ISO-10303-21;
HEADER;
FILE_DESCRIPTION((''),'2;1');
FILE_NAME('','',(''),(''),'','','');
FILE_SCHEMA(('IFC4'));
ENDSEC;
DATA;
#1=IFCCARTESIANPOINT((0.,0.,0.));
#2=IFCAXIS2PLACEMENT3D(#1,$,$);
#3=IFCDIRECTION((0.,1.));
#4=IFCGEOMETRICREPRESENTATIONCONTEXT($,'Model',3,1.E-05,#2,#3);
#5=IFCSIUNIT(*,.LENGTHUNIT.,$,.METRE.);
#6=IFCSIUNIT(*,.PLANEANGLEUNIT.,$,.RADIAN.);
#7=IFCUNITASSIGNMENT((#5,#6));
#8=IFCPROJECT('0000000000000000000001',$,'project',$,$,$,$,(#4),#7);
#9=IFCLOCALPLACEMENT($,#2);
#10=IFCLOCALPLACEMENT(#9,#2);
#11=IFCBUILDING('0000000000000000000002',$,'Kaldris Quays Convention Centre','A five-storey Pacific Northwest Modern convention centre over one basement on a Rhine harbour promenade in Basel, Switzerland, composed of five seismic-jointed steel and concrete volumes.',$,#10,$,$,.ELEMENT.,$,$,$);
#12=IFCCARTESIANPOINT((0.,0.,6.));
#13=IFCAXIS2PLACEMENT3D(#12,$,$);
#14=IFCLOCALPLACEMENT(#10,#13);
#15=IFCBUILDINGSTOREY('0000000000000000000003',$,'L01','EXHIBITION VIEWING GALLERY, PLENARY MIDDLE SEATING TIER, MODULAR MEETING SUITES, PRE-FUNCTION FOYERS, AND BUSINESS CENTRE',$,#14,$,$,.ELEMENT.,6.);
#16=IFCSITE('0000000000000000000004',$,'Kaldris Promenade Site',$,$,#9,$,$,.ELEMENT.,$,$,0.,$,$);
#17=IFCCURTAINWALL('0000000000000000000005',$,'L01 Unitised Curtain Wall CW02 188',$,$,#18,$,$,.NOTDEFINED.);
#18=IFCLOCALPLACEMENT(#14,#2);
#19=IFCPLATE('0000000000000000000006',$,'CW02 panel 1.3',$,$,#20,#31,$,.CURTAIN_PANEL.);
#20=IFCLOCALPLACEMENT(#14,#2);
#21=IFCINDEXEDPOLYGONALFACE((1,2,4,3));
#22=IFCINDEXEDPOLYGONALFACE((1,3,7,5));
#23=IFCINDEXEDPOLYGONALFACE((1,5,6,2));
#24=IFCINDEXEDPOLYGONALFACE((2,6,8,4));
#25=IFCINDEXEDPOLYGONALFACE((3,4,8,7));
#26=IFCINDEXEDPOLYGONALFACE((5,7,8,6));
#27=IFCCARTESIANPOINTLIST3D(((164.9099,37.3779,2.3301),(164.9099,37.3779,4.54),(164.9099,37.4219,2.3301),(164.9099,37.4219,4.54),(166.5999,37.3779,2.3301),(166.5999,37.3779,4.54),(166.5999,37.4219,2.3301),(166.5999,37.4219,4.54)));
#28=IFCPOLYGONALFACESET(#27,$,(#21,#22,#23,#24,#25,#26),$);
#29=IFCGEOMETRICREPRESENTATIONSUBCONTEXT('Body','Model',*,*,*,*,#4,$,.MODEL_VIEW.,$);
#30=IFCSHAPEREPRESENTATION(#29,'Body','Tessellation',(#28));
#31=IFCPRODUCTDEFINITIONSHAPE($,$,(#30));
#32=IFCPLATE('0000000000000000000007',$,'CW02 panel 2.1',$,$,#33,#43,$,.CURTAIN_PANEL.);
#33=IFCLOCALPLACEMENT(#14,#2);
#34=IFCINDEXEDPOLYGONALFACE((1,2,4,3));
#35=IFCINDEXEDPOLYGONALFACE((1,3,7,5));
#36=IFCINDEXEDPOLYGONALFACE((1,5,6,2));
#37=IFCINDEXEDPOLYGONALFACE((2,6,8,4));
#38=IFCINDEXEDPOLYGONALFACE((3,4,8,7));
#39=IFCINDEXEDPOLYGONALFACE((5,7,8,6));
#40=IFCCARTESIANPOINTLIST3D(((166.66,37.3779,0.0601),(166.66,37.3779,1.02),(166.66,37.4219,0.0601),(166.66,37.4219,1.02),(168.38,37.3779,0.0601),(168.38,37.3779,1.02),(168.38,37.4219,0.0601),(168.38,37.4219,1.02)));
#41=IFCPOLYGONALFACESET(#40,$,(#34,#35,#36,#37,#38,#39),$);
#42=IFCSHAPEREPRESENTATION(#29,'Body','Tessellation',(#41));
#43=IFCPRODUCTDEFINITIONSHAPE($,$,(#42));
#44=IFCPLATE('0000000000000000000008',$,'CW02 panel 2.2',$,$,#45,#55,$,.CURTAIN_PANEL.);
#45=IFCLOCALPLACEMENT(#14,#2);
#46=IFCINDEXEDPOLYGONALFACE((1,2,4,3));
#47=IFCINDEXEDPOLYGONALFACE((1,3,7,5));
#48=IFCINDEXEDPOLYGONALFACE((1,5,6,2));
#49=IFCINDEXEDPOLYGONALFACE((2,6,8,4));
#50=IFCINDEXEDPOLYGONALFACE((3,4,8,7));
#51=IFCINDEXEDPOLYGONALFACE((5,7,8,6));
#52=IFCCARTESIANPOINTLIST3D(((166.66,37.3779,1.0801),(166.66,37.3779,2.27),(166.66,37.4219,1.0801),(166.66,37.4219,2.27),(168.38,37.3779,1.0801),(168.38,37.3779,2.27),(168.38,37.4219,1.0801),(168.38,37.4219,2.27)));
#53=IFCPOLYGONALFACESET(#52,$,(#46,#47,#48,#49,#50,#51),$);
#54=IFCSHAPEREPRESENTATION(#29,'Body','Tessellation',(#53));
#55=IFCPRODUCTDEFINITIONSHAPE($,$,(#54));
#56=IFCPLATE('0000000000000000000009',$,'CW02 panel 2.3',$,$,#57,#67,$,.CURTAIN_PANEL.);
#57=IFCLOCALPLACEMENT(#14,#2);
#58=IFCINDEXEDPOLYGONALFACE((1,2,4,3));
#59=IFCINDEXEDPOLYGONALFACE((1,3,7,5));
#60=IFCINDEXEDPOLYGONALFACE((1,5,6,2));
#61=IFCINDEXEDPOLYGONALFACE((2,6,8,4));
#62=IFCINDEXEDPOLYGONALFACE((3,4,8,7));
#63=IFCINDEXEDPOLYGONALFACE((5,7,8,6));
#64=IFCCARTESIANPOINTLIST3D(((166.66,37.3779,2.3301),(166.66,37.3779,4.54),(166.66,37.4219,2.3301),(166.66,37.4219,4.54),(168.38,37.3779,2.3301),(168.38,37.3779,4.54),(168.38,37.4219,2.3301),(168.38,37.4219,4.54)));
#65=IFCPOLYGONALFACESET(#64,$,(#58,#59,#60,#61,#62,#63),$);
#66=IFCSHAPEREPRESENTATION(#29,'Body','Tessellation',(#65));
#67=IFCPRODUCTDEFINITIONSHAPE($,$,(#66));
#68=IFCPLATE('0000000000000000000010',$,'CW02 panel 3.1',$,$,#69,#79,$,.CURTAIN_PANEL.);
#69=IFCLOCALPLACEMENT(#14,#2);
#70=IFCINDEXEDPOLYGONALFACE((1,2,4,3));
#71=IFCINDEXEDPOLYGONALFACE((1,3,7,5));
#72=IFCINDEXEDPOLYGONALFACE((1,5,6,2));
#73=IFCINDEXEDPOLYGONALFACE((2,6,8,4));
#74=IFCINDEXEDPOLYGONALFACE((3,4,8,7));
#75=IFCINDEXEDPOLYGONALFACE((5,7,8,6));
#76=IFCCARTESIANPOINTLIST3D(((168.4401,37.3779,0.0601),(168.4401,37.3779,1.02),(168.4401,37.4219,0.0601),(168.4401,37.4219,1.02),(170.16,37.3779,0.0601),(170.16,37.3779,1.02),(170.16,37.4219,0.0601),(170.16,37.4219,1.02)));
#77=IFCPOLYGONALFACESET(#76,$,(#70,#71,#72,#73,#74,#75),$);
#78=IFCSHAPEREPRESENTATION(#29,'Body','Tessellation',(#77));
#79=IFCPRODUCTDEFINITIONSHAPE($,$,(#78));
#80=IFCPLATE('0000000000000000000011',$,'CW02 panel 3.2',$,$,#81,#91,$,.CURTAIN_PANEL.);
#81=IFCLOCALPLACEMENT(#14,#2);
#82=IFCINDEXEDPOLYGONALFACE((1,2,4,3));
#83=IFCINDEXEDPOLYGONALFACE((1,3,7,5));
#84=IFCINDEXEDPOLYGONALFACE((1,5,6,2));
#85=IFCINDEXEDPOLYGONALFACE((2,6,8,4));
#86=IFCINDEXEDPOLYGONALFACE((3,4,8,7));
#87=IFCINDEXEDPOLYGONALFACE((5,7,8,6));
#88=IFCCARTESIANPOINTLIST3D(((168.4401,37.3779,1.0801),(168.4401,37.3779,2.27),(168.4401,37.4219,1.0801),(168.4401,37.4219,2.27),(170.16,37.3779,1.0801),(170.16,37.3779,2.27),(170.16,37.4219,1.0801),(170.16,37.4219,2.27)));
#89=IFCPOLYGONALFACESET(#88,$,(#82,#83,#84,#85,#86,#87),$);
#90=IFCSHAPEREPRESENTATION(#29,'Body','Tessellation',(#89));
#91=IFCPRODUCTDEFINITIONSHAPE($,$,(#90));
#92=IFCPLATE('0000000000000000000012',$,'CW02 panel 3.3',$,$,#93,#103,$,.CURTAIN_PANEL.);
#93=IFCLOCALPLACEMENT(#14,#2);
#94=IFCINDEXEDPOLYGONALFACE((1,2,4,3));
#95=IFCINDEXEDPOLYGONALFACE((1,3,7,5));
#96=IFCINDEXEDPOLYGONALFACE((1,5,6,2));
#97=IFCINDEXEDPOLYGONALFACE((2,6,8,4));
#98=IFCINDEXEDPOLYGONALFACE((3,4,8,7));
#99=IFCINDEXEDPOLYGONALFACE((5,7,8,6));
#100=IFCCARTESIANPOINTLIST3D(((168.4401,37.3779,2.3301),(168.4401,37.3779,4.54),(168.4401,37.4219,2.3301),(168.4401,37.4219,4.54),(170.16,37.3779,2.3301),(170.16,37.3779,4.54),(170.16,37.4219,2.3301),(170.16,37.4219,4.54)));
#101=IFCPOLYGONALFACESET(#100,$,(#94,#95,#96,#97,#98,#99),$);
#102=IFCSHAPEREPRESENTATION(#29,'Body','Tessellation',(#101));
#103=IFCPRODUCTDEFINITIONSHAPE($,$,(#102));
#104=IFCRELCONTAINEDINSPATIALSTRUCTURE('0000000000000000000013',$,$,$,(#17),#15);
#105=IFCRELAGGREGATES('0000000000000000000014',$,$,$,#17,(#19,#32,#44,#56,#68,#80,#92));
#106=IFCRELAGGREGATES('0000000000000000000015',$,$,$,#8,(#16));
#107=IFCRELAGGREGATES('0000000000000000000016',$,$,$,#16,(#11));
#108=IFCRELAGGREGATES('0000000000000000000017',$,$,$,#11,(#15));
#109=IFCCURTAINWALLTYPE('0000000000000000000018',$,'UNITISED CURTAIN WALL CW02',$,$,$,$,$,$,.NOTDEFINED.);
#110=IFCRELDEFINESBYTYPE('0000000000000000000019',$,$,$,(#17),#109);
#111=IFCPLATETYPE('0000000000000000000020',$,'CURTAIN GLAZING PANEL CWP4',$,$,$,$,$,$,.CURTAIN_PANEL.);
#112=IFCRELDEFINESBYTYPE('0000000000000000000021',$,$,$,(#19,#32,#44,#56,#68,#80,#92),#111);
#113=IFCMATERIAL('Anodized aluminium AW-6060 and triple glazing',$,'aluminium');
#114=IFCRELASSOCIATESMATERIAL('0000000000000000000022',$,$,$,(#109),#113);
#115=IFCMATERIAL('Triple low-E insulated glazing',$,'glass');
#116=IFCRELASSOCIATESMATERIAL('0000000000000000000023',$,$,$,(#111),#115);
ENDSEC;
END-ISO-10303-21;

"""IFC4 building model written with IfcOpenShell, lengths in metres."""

from ifc_helpers import new_model, si_unit, direction, frame, origin, origin_2d, place, context, subcontext, project, spatial, rectangle, extrude, material, type_object, element, aggregate, save


model = new_model("IFC4")

# Units and contexts
model_context = context("Model", 3, precision=1e-05, world=origin(), true_north=direction((0.0, 1.0)))
body_context = subcontext(model_context, "Body", "Model", "MODEL_VIEW")
ifc_project = project(units=[si_unit("LENGTHUNIT", "METRE"), si_unit("PLANEANGLEUNIT", "RADIAN")], contexts=[model_context])

# Site, building, storey
site_placement = place(None, origin())
site = spatial("IfcSite", under=ifc_project, at=site_placement, Name="Kaldris Promenade Site", CompositionType="ELEMENT", RefElevation=0.0)
building_placement = place(site_placement, origin())
building = spatial("IfcBuilding", under=site, at=building_placement, Name="Kaldris Quays Convention Centre", Description="A five-storey Pacific Northwest Modern convention centre over one basement on a Rhine harbour promenade in Basel, Switzerland, composed of five seismic-jointed steel and concrete volumes.", CompositionType="ELEMENT")
storey_placement = place(building_placement, frame((0.0, 0.0, 6.0)))
storey = spatial("IfcBuildingStorey", under=building, at=storey_placement, Name="L01", Description="EXHIBITION VIEWING GALLERY, PLENARY MIDDLE SEATING TIER, MODULAR MEETING SUITES, PRE-FUNCTION FOYERS, AND BUSINESS CENTRE", CompositionType="ELEMENT", Elevation=6.0)

# Shared definitions
ifc_material_1 = material(Name="Anodized aluminium AW-6060 and triple glazing", Category="aluminium")

# Curtain wall
curtain_wall_type_1 = type_object("IfcCurtainWallType", Name="UNITISED CURTAIN WALL CW02", PredefinedType="NOTDEFINED", material=ifc_material_1)
curtain_wall_1_placement = place(storey_placement, origin())
curtain_wall_1 = element("IfcCurtainWall", 1, at=curtain_wall_1_placement, inside=storey, type_object=curtain_wall_type_1, Name="L01 Unitised Curtain Wall CW02 188", PredefinedType="NOTDEFINED")

# Plates
ifc_material_2 = material(Name="Triple low-E insulated glazing", Category="glass")
plate_type = type_object("IfcPlateType", Name="CURTAIN GLAZING PANEL CWP4", PredefinedType="CURTAIN_PANEL", material=ifc_material_2)
plate_1_placement = place(storey_placement, frame((165.7549, 37.3999, 2.3301), z_axis=(0.0, 0.0, 1.0), x_axis=(1.0, 0.0, 0.0)))
plate_1 = element("IfcPlate", 2, at=plate_1_placement, type_object=plate_type, Name="CW02 panel 1.3", PredefinedType="CURTAIN_PANEL", context=body_context, shape_type="SweptSolid", body=[
    extrude(rectangle(XDim=1.6899, YDim=0.0439, at=origin_2d()), origin(), (0.0, 0.0, 1.0), 2.21),
])
plate_2_placement = place(storey_placement, frame((167.52, 37.3999, 0.0601), z_axis=(0.0, 0.0, 1.0), x_axis=(1.0, 0.0, 0.0)))
plate_2 = element("IfcPlate", 3, at=plate_2_placement, type_object=plate_type, Name="CW02 panel 2.1", PredefinedType="CURTAIN_PANEL", context=body_context, shape_type="SweptSolid", body=[
    extrude(rectangle(XDim=1.72, YDim=0.0439, at=origin_2d()), origin(), (0.0, 0.0, 1.0), 0.96),
])
plate_3_placement = place(storey_placement, frame((167.52, 37.3999, 1.0801), z_axis=(0.0, 0.0, 1.0), x_axis=(1.0, 0.0, 0.0)))
plate_3 = element("IfcPlate", 4, at=plate_3_placement, type_object=plate_type, Name="CW02 panel 2.2", PredefinedType="CURTAIN_PANEL", context=body_context, shape_type="SweptSolid", body=[
    extrude(rectangle(XDim=1.72, YDim=0.0439, at=origin_2d()), origin(), (0.0, 0.0, 1.0), 1.1899),
])
plate_4_placement = place(storey_placement, frame((167.52, 37.3999, 2.3301), z_axis=(0.0, 0.0, 1.0), x_axis=(1.0, 0.0, 0.0)))
plate_4 = element("IfcPlate", 5, at=plate_4_placement, type_object=plate_type, Name="CW02 panel 2.3", PredefinedType="CURTAIN_PANEL", context=body_context, shape_type="SweptSolid", body=[
    extrude(rectangle(XDim=1.72, YDim=0.0439, at=origin_2d()), origin(), (0.0, 0.0, 1.0), 2.21),
])
plate_5_placement = place(storey_placement, frame((169.3, 37.3999, 0.0601), z_axis=(0.0, 0.0, 1.0), x_axis=(1.0, 0.0, 0.0)))
plate_5 = element("IfcPlate", 6, at=plate_5_placement, type_object=plate_type, Name="CW02 panel 3.1", PredefinedType="CURTAIN_PANEL", context=body_context, shape_type="SweptSolid", body=[
    extrude(rectangle(XDim=1.72, YDim=0.0439, at=origin_2d()), origin(), (0.0, 0.0, 1.0), 0.96),
])
plate_6_placement = place(storey_placement, frame((169.3, 37.3999, 1.0801), z_axis=(0.0, 0.0, 1.0), x_axis=(1.0, 0.0, 0.0)))
plate_6 = element("IfcPlate", 7, at=plate_6_placement, type_object=plate_type, Name="CW02 panel 3.2", PredefinedType="CURTAIN_PANEL", context=body_context, shape_type="SweptSolid", body=[
    extrude(rectangle(XDim=1.72, YDim=0.0439, at=origin_2d()), origin(), (0.0, 0.0, 1.0), 1.1899),
])
plate_7_placement = place(storey_placement, frame((169.3, 37.3999, 2.3301), z_axis=(0.0, 0.0, 1.0), x_axis=(1.0, 0.0, 0.0)))
plate_7 = element("IfcPlate", 8, at=plate_7_placement, type_object=plate_type, Name="CW02 panel 3.3", PredefinedType="CURTAIN_PANEL", context=body_context, shape_type="SweptSolid", body=[
    extrude(rectangle(XDim=1.72, YDim=0.0439, at=origin_2d()), origin(), (0.0, 0.0, 1.0), 2.21),
])
aggregate(curtain_wall_1, [plate_1, plate_2, plate_3, plate_4, plate_5, plate_6, plate_7])

save(model, "model.ifc")
